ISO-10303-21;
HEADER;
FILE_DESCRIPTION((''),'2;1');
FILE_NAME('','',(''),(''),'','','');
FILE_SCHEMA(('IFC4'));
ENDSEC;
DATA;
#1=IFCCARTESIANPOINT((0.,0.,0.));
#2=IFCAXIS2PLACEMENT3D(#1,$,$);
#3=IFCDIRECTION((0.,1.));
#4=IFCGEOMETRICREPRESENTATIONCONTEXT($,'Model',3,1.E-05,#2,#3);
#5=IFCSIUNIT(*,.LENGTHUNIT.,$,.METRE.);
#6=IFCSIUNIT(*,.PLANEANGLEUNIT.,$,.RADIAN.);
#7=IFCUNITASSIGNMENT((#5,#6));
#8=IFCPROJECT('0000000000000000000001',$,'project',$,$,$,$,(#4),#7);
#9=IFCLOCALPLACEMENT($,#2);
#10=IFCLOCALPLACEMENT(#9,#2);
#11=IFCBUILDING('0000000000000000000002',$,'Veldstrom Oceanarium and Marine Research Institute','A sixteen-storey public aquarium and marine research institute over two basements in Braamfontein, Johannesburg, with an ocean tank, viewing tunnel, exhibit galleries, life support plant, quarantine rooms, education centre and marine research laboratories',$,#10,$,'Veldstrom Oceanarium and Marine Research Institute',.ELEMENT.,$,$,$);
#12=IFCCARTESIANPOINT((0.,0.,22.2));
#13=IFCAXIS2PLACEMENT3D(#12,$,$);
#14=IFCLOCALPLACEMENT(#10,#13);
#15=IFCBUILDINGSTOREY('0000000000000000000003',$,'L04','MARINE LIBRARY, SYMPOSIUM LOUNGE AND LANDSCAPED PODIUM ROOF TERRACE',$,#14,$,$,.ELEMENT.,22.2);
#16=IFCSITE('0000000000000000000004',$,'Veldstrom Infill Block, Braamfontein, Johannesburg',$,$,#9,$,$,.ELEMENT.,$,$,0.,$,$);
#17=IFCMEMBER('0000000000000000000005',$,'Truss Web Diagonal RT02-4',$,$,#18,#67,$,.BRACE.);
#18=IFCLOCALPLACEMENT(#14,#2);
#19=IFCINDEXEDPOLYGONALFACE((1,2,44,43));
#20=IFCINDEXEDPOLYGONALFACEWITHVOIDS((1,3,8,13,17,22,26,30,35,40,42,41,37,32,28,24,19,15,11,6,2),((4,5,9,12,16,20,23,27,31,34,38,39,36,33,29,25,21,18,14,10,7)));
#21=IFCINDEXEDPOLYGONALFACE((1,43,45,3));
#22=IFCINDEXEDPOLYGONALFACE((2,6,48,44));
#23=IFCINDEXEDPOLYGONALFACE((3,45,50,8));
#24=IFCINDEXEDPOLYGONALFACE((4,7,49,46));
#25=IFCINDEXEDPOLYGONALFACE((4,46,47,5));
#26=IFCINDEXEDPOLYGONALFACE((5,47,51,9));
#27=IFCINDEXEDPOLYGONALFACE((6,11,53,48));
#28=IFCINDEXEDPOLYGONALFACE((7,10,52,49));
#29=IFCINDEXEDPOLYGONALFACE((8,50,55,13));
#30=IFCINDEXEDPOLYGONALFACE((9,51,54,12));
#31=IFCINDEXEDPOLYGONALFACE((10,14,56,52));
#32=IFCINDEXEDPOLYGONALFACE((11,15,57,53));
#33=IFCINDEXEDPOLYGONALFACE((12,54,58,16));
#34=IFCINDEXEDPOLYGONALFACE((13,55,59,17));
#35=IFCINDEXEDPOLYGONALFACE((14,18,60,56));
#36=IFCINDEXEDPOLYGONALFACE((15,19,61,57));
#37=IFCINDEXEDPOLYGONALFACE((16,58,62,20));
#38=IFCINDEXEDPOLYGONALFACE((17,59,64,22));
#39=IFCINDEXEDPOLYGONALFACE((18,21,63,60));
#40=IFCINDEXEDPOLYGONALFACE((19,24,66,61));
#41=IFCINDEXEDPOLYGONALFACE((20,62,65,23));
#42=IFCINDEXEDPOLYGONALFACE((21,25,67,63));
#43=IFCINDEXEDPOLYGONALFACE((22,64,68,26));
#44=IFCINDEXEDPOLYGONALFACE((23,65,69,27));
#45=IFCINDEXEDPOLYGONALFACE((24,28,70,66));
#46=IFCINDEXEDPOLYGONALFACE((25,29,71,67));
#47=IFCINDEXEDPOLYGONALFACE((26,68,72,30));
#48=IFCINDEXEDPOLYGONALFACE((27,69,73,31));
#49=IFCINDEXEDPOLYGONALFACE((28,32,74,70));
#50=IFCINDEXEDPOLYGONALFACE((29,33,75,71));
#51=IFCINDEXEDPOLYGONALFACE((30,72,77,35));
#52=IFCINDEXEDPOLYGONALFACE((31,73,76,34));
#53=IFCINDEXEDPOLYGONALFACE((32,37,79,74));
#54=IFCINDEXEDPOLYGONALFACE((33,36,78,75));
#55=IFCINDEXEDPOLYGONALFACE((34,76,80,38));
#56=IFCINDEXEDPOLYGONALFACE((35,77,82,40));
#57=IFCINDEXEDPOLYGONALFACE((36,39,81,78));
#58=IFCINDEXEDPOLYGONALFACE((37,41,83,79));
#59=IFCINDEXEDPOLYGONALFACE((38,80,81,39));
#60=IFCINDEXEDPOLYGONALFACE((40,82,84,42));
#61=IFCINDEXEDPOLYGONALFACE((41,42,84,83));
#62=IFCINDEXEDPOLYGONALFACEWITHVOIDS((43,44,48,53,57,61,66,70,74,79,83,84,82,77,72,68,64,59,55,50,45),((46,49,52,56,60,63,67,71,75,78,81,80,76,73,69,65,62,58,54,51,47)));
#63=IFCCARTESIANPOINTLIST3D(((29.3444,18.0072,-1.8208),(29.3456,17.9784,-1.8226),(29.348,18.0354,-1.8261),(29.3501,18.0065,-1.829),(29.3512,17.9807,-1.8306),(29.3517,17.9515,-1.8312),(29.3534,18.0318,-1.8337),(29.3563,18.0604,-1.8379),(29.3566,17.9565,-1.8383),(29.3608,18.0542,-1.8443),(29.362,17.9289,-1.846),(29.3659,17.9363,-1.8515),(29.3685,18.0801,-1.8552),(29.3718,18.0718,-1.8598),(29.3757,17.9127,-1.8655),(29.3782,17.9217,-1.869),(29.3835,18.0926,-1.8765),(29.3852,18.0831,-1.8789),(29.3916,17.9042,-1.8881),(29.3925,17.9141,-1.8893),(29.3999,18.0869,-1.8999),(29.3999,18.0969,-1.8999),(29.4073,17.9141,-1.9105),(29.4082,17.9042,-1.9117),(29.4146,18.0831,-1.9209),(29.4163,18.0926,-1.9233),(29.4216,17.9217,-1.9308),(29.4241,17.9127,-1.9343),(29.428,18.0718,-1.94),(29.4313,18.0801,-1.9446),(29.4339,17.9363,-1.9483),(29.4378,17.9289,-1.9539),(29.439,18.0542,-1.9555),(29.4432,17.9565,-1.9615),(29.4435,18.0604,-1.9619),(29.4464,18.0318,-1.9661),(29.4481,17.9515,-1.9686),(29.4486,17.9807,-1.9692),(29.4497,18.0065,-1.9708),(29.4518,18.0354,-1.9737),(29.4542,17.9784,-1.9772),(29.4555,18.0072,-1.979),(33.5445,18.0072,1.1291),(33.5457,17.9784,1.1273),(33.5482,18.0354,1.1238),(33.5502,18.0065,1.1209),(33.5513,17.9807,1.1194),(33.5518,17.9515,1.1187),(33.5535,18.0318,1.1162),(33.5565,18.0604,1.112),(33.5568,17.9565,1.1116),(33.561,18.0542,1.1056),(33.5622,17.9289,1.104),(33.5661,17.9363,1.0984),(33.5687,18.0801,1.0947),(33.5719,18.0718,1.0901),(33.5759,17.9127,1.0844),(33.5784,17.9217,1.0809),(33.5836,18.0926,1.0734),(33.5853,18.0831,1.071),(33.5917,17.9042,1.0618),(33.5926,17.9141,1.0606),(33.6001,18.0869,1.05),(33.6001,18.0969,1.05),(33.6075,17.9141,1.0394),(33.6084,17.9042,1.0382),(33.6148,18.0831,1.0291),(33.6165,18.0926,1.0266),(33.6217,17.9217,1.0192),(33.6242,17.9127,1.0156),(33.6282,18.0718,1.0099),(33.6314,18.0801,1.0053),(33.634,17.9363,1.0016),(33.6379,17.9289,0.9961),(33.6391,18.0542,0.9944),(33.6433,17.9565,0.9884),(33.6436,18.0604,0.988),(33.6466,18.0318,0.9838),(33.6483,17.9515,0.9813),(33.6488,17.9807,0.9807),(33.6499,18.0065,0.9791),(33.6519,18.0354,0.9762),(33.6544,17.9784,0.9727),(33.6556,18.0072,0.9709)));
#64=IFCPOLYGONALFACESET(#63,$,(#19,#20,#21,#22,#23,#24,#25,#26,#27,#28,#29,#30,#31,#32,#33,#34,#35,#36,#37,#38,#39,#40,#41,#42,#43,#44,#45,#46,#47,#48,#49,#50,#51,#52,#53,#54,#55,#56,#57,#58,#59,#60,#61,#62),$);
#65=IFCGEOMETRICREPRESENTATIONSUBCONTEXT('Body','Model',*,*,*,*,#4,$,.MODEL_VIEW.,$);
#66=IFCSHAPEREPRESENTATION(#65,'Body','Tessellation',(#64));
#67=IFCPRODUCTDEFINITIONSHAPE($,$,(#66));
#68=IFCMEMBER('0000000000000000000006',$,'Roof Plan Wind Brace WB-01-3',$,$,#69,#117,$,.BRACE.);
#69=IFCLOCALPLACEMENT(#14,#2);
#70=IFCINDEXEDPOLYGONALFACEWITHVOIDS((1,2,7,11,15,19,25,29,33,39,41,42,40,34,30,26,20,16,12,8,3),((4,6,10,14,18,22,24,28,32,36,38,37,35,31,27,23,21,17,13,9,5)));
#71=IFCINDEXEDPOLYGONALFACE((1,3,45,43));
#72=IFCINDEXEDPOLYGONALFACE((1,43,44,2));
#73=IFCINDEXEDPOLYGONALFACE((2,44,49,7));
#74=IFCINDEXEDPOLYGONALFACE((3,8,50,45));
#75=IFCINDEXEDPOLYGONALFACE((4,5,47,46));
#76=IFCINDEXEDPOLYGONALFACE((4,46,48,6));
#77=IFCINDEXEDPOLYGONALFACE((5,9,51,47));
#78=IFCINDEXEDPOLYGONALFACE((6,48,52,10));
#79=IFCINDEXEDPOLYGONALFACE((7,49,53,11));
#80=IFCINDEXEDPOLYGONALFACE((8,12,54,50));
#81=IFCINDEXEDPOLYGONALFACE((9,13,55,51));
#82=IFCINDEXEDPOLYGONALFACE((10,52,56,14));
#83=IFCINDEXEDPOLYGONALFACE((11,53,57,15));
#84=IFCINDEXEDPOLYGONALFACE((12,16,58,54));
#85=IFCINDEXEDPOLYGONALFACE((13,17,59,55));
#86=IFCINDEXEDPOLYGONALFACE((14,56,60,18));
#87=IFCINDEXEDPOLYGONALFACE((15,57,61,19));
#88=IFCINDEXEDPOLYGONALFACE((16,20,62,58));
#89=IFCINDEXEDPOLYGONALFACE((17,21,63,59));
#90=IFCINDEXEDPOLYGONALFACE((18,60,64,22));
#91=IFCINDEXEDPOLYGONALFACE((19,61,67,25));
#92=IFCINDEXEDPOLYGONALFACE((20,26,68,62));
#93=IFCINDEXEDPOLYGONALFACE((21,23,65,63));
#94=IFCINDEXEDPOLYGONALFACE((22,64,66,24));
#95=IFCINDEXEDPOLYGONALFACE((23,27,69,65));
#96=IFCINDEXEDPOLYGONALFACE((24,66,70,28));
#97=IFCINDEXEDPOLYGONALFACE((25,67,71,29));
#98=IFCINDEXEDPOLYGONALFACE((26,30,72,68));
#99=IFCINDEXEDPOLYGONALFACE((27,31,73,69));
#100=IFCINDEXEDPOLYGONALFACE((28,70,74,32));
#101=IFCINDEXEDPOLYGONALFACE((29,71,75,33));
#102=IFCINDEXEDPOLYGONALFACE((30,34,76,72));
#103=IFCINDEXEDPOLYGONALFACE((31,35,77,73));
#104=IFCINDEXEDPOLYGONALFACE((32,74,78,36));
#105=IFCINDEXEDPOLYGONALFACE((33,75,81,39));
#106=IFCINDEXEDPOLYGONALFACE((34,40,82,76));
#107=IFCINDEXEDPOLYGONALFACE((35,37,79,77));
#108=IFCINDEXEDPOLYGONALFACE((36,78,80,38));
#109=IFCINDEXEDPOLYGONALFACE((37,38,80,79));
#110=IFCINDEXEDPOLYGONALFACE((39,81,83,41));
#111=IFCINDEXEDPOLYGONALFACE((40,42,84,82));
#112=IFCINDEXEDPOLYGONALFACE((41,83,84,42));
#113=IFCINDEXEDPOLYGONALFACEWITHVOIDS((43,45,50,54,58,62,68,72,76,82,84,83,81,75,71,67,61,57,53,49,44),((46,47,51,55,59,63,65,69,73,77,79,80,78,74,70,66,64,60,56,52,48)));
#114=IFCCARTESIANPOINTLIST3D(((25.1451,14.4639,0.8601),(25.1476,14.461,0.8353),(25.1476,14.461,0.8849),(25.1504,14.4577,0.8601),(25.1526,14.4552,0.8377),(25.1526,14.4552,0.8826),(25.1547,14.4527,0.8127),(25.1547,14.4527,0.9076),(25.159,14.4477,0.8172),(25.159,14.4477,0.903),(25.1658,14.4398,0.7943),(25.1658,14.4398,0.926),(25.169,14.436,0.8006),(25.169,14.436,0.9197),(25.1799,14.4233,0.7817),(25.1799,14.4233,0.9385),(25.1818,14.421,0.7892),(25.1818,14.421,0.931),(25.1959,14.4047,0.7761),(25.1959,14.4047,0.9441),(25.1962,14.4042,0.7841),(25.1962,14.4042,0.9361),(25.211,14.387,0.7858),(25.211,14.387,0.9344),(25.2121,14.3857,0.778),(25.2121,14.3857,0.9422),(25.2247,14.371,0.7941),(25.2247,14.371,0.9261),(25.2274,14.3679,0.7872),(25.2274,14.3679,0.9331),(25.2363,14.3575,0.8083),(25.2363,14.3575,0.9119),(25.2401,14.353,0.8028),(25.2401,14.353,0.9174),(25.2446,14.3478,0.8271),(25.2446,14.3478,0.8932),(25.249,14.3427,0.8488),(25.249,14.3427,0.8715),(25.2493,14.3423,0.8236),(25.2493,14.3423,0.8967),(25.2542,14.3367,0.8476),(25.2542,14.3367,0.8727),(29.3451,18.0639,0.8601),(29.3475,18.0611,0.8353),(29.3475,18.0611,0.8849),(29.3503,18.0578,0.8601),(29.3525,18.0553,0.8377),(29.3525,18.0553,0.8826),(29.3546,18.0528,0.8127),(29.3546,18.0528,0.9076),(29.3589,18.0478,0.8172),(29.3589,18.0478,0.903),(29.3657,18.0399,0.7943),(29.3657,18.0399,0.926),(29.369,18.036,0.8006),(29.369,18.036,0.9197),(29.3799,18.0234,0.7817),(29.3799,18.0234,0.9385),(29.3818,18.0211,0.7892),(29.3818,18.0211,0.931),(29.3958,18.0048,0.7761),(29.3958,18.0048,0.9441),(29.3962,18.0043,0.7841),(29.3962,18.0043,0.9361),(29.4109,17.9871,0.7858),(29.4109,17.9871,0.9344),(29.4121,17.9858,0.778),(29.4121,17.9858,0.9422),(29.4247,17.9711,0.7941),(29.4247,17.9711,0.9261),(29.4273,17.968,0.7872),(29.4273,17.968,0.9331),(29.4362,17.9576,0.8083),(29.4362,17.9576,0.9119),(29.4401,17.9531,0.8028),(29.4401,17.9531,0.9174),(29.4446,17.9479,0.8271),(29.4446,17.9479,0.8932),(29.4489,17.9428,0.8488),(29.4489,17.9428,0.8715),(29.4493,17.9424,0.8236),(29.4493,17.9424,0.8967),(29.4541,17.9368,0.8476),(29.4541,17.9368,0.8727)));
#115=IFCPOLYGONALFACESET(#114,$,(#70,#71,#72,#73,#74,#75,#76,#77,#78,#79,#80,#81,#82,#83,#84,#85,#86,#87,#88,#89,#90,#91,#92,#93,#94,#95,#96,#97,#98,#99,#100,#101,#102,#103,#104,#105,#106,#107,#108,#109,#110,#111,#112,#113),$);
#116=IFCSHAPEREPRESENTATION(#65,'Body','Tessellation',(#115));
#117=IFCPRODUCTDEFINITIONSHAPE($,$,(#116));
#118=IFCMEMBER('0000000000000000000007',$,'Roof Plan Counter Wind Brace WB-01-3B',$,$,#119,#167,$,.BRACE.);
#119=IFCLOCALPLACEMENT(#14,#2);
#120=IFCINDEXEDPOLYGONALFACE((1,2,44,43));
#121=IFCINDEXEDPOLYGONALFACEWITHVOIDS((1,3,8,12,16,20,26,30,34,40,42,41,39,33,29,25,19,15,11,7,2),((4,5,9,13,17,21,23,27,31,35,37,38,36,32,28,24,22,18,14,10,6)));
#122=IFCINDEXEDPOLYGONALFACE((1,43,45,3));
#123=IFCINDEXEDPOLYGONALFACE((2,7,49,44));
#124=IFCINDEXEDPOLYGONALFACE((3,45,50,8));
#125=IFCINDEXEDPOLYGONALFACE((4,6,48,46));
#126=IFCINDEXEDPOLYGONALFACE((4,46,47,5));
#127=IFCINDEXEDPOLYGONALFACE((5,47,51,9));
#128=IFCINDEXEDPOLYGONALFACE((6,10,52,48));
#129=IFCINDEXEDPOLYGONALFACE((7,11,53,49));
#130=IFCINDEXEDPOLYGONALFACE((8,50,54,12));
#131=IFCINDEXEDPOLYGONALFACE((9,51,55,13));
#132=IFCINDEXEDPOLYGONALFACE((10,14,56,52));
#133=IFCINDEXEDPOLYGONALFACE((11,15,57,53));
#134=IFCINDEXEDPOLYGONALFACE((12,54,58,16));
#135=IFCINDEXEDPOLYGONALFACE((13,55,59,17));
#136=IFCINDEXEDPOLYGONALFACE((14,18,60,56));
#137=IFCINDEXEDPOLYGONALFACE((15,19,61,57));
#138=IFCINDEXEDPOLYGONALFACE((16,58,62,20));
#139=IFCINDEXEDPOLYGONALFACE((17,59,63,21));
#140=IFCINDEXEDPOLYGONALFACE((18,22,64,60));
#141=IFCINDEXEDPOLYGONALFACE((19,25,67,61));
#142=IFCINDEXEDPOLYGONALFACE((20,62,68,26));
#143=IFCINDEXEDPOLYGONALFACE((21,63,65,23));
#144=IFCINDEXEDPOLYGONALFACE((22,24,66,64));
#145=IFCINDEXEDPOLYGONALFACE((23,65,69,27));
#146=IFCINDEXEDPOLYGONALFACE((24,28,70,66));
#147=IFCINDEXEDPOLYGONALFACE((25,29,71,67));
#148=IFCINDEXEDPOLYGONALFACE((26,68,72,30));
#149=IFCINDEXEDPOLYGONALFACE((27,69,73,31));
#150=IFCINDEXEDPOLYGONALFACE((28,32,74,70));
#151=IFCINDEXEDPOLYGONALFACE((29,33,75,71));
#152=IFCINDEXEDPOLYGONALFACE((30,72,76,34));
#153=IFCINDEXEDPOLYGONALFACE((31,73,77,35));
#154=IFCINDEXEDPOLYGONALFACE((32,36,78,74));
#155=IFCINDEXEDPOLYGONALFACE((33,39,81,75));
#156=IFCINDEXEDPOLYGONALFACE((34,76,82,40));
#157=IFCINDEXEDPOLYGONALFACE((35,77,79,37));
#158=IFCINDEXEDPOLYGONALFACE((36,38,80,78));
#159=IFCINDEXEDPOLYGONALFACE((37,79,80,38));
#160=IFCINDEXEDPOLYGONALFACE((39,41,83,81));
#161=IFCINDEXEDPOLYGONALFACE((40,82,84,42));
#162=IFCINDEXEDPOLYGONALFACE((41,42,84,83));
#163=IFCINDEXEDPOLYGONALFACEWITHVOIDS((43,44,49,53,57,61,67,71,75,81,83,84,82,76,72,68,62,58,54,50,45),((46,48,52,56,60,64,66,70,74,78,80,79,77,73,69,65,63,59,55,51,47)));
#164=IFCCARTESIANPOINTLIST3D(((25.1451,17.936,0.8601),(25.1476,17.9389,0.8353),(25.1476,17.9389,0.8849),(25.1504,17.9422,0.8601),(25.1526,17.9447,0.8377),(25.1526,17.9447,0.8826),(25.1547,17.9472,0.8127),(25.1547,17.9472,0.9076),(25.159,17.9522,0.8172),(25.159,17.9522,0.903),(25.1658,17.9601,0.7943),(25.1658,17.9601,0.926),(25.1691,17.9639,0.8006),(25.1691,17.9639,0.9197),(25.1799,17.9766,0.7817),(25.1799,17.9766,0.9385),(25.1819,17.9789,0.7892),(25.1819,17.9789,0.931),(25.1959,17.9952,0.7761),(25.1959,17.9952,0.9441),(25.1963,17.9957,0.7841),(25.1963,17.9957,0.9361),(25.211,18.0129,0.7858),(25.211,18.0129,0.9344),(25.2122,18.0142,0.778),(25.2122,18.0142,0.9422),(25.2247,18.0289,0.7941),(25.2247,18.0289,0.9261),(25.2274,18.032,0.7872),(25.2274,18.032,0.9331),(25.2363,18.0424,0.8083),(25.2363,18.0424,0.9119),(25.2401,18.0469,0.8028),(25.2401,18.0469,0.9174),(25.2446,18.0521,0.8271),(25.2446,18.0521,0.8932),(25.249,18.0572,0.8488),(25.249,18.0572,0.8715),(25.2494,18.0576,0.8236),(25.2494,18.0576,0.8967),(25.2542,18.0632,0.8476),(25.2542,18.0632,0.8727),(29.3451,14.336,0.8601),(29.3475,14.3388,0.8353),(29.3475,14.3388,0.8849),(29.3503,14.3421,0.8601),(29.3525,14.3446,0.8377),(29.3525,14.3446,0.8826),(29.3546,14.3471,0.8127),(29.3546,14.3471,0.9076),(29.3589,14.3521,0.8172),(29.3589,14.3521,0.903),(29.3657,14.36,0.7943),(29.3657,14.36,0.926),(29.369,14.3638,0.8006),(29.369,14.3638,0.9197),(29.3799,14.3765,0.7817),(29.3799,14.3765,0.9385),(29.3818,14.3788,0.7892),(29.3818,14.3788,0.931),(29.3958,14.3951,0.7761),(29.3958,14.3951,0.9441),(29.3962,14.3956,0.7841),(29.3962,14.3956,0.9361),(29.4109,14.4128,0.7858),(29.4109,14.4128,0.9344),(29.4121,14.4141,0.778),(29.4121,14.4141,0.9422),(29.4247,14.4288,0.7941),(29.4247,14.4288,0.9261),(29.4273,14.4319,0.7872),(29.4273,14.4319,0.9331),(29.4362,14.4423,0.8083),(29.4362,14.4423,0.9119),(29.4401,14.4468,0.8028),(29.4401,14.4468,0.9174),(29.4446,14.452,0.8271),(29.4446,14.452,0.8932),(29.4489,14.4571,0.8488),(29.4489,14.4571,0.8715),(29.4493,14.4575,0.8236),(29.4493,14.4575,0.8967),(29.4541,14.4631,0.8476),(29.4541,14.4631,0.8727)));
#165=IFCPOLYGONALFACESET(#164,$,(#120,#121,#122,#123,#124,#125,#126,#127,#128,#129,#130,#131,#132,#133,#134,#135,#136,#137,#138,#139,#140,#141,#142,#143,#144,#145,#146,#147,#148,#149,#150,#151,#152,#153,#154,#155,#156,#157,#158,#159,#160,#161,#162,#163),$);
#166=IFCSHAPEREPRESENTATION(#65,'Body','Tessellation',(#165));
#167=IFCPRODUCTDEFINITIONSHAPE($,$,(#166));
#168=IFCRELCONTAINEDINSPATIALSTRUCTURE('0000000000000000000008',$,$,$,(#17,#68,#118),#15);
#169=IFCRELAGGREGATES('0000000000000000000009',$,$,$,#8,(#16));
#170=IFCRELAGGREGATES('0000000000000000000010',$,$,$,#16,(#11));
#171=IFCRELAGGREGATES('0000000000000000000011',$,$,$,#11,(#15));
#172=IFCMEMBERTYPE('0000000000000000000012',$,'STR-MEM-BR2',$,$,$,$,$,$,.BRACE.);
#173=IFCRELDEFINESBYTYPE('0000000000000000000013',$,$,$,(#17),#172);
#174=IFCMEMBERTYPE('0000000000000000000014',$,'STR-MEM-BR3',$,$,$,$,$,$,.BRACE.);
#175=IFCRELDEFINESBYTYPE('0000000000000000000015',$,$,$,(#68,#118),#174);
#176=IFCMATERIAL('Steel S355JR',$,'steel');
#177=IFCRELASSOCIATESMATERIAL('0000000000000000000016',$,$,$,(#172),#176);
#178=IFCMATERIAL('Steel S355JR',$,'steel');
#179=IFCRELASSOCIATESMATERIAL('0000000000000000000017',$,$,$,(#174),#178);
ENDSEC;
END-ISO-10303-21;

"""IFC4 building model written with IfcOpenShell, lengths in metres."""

from ifc_helpers import new_model, si_unit, direction, frame, origin, origin_2d, place, context, subcontext, project, spatial, hollow_circle, extrude, material, material_profile, profile_set, type_object, element, save


model = new_model("IFC4")

# Units and contexts
model_context = context("Model", 3, precision=1e-05, world=origin(), true_north=direction((0.0, 1.0)))
body_context = subcontext(model_context, "Body", "Model", "MODEL_VIEW")
ifc_project = project(units=[si_unit("LENGTHUNIT", "METRE"), si_unit("PLANEANGLEUNIT", "RADIAN")], contexts=[model_context])

# Site, building, storey
site_placement = place(None, origin())
site = spatial("IfcSite", under=ifc_project, at=site_placement, Name="Veldstrom Infill Block, Braamfontein, Johannesburg", CompositionType="ELEMENT", RefElevation=0.0)
building_placement = place(site_placement, origin())
building = spatial("IfcBuilding", under=site, at=building_placement, Name="Veldstrom Oceanarium and Marine Research Institute", Description="A sixteen-storey public aquarium and marine research institute over two basements in Braamfontein, Johannesburg, with an ocean tank, viewing tunnel, exhibit galleries, life support plant, quarantine rooms, education centre and marine research laboratories", LongName="Veldstrom Oceanarium and Marine Research Institute", CompositionType="ELEMENT")
storey_placement = place(building_placement, frame((0.0, 0.0, 22.2)))
storey = spatial("IfcBuildingStorey", under=building, at=storey_placement, Name="L04", Description="MARINE LIBRARY, SYMPOSIUM LOUNGE AND LANDSCAPED PODIUM ROOF TERRACE", CompositionType="ELEMENT", Elevation=22.2)

# Members
ifc_material_1 = material(Name="Steel S355JR", Category="steel")
ifc_material_profile_1 = material_profile(ifc_material_1, hollow_circle(Radius=0.0969, WallThickness=0.01, at=origin_2d()), Name="CHS 193.7x10")
ifc_profile_set_1 = profile_set([ifc_material_profile_1], Name="Steel S355JR")
member_type_1 = type_object("IfcMemberType", Name="STR-MEM-BR2", PredefinedType="BRACE", material=ifc_profile_set_1)
member_1_placement = place(storey_placement, frame((29.3999, 18.0, -1.8999), z_axis=(0.818333, 0.0, 0.574745), x_axis=(0.0, 1.0, 0.0)))
element("IfcMember", 1, at=member_1_placement, inside=storey, type_object=member_type_1, Name="Truss Web Diagonal RT02-4", PredefinedType="BRACE", context=body_context, shape_type="SweptSolid", body=[
    extrude(hollow_circle(Radius=0.0969, WallThickness=0.01, at=origin_2d()), origin(), (0.0, 0.0, 1.0), 5.1326),
])
ifc_material_2 = material(Name="Steel S355JR", Category="steel")
ifc_material_profile_2 = material_profile(ifc_material_2, hollow_circle(Radius=0.0842, WallThickness=0.0081, at=origin_2d()), Name="CHS 168.3x8")
ifc_profile_set_2 = profile_set([ifc_material_profile_2], Name="Steel S355JR")
member_type_2 = type_object("IfcMemberType", Name="STR-MEM-BR3", PredefinedType="BRACE", material=ifc_profile_set_2)
for number, where, z_axis, x_axis, name in (
    (2, (25.2, 14.3999, 0.8601), (0.759244, 0.650806, 0.0), (-0.650806, 0.759244, 0.0), "Roof Plan Wind Brace WB-01-3"),
    (3, (29.3999, 14.3999, 0.8601), (-0.759244, 0.650806, 0.0), (-0.650806, -0.759244, 0.0), "Roof Plan Counter Wind Brace WB-01-3B"),
):
    element("IfcMember", number, at=place(storey_placement, frame(where, z_axis=z_axis, x_axis=x_axis)), inside=storey, type_object=member_type_2, Name=name, PredefinedType="BRACE", context=body_context, shape_type="SweptSolid", body=[
        extrude(hollow_circle(Radius=0.0842, WallThickness=0.0081, at=origin_2d()), origin(), (0.0, 0.0, 1.0), 5.5317),
    ])

save(model, "model.ifc")
